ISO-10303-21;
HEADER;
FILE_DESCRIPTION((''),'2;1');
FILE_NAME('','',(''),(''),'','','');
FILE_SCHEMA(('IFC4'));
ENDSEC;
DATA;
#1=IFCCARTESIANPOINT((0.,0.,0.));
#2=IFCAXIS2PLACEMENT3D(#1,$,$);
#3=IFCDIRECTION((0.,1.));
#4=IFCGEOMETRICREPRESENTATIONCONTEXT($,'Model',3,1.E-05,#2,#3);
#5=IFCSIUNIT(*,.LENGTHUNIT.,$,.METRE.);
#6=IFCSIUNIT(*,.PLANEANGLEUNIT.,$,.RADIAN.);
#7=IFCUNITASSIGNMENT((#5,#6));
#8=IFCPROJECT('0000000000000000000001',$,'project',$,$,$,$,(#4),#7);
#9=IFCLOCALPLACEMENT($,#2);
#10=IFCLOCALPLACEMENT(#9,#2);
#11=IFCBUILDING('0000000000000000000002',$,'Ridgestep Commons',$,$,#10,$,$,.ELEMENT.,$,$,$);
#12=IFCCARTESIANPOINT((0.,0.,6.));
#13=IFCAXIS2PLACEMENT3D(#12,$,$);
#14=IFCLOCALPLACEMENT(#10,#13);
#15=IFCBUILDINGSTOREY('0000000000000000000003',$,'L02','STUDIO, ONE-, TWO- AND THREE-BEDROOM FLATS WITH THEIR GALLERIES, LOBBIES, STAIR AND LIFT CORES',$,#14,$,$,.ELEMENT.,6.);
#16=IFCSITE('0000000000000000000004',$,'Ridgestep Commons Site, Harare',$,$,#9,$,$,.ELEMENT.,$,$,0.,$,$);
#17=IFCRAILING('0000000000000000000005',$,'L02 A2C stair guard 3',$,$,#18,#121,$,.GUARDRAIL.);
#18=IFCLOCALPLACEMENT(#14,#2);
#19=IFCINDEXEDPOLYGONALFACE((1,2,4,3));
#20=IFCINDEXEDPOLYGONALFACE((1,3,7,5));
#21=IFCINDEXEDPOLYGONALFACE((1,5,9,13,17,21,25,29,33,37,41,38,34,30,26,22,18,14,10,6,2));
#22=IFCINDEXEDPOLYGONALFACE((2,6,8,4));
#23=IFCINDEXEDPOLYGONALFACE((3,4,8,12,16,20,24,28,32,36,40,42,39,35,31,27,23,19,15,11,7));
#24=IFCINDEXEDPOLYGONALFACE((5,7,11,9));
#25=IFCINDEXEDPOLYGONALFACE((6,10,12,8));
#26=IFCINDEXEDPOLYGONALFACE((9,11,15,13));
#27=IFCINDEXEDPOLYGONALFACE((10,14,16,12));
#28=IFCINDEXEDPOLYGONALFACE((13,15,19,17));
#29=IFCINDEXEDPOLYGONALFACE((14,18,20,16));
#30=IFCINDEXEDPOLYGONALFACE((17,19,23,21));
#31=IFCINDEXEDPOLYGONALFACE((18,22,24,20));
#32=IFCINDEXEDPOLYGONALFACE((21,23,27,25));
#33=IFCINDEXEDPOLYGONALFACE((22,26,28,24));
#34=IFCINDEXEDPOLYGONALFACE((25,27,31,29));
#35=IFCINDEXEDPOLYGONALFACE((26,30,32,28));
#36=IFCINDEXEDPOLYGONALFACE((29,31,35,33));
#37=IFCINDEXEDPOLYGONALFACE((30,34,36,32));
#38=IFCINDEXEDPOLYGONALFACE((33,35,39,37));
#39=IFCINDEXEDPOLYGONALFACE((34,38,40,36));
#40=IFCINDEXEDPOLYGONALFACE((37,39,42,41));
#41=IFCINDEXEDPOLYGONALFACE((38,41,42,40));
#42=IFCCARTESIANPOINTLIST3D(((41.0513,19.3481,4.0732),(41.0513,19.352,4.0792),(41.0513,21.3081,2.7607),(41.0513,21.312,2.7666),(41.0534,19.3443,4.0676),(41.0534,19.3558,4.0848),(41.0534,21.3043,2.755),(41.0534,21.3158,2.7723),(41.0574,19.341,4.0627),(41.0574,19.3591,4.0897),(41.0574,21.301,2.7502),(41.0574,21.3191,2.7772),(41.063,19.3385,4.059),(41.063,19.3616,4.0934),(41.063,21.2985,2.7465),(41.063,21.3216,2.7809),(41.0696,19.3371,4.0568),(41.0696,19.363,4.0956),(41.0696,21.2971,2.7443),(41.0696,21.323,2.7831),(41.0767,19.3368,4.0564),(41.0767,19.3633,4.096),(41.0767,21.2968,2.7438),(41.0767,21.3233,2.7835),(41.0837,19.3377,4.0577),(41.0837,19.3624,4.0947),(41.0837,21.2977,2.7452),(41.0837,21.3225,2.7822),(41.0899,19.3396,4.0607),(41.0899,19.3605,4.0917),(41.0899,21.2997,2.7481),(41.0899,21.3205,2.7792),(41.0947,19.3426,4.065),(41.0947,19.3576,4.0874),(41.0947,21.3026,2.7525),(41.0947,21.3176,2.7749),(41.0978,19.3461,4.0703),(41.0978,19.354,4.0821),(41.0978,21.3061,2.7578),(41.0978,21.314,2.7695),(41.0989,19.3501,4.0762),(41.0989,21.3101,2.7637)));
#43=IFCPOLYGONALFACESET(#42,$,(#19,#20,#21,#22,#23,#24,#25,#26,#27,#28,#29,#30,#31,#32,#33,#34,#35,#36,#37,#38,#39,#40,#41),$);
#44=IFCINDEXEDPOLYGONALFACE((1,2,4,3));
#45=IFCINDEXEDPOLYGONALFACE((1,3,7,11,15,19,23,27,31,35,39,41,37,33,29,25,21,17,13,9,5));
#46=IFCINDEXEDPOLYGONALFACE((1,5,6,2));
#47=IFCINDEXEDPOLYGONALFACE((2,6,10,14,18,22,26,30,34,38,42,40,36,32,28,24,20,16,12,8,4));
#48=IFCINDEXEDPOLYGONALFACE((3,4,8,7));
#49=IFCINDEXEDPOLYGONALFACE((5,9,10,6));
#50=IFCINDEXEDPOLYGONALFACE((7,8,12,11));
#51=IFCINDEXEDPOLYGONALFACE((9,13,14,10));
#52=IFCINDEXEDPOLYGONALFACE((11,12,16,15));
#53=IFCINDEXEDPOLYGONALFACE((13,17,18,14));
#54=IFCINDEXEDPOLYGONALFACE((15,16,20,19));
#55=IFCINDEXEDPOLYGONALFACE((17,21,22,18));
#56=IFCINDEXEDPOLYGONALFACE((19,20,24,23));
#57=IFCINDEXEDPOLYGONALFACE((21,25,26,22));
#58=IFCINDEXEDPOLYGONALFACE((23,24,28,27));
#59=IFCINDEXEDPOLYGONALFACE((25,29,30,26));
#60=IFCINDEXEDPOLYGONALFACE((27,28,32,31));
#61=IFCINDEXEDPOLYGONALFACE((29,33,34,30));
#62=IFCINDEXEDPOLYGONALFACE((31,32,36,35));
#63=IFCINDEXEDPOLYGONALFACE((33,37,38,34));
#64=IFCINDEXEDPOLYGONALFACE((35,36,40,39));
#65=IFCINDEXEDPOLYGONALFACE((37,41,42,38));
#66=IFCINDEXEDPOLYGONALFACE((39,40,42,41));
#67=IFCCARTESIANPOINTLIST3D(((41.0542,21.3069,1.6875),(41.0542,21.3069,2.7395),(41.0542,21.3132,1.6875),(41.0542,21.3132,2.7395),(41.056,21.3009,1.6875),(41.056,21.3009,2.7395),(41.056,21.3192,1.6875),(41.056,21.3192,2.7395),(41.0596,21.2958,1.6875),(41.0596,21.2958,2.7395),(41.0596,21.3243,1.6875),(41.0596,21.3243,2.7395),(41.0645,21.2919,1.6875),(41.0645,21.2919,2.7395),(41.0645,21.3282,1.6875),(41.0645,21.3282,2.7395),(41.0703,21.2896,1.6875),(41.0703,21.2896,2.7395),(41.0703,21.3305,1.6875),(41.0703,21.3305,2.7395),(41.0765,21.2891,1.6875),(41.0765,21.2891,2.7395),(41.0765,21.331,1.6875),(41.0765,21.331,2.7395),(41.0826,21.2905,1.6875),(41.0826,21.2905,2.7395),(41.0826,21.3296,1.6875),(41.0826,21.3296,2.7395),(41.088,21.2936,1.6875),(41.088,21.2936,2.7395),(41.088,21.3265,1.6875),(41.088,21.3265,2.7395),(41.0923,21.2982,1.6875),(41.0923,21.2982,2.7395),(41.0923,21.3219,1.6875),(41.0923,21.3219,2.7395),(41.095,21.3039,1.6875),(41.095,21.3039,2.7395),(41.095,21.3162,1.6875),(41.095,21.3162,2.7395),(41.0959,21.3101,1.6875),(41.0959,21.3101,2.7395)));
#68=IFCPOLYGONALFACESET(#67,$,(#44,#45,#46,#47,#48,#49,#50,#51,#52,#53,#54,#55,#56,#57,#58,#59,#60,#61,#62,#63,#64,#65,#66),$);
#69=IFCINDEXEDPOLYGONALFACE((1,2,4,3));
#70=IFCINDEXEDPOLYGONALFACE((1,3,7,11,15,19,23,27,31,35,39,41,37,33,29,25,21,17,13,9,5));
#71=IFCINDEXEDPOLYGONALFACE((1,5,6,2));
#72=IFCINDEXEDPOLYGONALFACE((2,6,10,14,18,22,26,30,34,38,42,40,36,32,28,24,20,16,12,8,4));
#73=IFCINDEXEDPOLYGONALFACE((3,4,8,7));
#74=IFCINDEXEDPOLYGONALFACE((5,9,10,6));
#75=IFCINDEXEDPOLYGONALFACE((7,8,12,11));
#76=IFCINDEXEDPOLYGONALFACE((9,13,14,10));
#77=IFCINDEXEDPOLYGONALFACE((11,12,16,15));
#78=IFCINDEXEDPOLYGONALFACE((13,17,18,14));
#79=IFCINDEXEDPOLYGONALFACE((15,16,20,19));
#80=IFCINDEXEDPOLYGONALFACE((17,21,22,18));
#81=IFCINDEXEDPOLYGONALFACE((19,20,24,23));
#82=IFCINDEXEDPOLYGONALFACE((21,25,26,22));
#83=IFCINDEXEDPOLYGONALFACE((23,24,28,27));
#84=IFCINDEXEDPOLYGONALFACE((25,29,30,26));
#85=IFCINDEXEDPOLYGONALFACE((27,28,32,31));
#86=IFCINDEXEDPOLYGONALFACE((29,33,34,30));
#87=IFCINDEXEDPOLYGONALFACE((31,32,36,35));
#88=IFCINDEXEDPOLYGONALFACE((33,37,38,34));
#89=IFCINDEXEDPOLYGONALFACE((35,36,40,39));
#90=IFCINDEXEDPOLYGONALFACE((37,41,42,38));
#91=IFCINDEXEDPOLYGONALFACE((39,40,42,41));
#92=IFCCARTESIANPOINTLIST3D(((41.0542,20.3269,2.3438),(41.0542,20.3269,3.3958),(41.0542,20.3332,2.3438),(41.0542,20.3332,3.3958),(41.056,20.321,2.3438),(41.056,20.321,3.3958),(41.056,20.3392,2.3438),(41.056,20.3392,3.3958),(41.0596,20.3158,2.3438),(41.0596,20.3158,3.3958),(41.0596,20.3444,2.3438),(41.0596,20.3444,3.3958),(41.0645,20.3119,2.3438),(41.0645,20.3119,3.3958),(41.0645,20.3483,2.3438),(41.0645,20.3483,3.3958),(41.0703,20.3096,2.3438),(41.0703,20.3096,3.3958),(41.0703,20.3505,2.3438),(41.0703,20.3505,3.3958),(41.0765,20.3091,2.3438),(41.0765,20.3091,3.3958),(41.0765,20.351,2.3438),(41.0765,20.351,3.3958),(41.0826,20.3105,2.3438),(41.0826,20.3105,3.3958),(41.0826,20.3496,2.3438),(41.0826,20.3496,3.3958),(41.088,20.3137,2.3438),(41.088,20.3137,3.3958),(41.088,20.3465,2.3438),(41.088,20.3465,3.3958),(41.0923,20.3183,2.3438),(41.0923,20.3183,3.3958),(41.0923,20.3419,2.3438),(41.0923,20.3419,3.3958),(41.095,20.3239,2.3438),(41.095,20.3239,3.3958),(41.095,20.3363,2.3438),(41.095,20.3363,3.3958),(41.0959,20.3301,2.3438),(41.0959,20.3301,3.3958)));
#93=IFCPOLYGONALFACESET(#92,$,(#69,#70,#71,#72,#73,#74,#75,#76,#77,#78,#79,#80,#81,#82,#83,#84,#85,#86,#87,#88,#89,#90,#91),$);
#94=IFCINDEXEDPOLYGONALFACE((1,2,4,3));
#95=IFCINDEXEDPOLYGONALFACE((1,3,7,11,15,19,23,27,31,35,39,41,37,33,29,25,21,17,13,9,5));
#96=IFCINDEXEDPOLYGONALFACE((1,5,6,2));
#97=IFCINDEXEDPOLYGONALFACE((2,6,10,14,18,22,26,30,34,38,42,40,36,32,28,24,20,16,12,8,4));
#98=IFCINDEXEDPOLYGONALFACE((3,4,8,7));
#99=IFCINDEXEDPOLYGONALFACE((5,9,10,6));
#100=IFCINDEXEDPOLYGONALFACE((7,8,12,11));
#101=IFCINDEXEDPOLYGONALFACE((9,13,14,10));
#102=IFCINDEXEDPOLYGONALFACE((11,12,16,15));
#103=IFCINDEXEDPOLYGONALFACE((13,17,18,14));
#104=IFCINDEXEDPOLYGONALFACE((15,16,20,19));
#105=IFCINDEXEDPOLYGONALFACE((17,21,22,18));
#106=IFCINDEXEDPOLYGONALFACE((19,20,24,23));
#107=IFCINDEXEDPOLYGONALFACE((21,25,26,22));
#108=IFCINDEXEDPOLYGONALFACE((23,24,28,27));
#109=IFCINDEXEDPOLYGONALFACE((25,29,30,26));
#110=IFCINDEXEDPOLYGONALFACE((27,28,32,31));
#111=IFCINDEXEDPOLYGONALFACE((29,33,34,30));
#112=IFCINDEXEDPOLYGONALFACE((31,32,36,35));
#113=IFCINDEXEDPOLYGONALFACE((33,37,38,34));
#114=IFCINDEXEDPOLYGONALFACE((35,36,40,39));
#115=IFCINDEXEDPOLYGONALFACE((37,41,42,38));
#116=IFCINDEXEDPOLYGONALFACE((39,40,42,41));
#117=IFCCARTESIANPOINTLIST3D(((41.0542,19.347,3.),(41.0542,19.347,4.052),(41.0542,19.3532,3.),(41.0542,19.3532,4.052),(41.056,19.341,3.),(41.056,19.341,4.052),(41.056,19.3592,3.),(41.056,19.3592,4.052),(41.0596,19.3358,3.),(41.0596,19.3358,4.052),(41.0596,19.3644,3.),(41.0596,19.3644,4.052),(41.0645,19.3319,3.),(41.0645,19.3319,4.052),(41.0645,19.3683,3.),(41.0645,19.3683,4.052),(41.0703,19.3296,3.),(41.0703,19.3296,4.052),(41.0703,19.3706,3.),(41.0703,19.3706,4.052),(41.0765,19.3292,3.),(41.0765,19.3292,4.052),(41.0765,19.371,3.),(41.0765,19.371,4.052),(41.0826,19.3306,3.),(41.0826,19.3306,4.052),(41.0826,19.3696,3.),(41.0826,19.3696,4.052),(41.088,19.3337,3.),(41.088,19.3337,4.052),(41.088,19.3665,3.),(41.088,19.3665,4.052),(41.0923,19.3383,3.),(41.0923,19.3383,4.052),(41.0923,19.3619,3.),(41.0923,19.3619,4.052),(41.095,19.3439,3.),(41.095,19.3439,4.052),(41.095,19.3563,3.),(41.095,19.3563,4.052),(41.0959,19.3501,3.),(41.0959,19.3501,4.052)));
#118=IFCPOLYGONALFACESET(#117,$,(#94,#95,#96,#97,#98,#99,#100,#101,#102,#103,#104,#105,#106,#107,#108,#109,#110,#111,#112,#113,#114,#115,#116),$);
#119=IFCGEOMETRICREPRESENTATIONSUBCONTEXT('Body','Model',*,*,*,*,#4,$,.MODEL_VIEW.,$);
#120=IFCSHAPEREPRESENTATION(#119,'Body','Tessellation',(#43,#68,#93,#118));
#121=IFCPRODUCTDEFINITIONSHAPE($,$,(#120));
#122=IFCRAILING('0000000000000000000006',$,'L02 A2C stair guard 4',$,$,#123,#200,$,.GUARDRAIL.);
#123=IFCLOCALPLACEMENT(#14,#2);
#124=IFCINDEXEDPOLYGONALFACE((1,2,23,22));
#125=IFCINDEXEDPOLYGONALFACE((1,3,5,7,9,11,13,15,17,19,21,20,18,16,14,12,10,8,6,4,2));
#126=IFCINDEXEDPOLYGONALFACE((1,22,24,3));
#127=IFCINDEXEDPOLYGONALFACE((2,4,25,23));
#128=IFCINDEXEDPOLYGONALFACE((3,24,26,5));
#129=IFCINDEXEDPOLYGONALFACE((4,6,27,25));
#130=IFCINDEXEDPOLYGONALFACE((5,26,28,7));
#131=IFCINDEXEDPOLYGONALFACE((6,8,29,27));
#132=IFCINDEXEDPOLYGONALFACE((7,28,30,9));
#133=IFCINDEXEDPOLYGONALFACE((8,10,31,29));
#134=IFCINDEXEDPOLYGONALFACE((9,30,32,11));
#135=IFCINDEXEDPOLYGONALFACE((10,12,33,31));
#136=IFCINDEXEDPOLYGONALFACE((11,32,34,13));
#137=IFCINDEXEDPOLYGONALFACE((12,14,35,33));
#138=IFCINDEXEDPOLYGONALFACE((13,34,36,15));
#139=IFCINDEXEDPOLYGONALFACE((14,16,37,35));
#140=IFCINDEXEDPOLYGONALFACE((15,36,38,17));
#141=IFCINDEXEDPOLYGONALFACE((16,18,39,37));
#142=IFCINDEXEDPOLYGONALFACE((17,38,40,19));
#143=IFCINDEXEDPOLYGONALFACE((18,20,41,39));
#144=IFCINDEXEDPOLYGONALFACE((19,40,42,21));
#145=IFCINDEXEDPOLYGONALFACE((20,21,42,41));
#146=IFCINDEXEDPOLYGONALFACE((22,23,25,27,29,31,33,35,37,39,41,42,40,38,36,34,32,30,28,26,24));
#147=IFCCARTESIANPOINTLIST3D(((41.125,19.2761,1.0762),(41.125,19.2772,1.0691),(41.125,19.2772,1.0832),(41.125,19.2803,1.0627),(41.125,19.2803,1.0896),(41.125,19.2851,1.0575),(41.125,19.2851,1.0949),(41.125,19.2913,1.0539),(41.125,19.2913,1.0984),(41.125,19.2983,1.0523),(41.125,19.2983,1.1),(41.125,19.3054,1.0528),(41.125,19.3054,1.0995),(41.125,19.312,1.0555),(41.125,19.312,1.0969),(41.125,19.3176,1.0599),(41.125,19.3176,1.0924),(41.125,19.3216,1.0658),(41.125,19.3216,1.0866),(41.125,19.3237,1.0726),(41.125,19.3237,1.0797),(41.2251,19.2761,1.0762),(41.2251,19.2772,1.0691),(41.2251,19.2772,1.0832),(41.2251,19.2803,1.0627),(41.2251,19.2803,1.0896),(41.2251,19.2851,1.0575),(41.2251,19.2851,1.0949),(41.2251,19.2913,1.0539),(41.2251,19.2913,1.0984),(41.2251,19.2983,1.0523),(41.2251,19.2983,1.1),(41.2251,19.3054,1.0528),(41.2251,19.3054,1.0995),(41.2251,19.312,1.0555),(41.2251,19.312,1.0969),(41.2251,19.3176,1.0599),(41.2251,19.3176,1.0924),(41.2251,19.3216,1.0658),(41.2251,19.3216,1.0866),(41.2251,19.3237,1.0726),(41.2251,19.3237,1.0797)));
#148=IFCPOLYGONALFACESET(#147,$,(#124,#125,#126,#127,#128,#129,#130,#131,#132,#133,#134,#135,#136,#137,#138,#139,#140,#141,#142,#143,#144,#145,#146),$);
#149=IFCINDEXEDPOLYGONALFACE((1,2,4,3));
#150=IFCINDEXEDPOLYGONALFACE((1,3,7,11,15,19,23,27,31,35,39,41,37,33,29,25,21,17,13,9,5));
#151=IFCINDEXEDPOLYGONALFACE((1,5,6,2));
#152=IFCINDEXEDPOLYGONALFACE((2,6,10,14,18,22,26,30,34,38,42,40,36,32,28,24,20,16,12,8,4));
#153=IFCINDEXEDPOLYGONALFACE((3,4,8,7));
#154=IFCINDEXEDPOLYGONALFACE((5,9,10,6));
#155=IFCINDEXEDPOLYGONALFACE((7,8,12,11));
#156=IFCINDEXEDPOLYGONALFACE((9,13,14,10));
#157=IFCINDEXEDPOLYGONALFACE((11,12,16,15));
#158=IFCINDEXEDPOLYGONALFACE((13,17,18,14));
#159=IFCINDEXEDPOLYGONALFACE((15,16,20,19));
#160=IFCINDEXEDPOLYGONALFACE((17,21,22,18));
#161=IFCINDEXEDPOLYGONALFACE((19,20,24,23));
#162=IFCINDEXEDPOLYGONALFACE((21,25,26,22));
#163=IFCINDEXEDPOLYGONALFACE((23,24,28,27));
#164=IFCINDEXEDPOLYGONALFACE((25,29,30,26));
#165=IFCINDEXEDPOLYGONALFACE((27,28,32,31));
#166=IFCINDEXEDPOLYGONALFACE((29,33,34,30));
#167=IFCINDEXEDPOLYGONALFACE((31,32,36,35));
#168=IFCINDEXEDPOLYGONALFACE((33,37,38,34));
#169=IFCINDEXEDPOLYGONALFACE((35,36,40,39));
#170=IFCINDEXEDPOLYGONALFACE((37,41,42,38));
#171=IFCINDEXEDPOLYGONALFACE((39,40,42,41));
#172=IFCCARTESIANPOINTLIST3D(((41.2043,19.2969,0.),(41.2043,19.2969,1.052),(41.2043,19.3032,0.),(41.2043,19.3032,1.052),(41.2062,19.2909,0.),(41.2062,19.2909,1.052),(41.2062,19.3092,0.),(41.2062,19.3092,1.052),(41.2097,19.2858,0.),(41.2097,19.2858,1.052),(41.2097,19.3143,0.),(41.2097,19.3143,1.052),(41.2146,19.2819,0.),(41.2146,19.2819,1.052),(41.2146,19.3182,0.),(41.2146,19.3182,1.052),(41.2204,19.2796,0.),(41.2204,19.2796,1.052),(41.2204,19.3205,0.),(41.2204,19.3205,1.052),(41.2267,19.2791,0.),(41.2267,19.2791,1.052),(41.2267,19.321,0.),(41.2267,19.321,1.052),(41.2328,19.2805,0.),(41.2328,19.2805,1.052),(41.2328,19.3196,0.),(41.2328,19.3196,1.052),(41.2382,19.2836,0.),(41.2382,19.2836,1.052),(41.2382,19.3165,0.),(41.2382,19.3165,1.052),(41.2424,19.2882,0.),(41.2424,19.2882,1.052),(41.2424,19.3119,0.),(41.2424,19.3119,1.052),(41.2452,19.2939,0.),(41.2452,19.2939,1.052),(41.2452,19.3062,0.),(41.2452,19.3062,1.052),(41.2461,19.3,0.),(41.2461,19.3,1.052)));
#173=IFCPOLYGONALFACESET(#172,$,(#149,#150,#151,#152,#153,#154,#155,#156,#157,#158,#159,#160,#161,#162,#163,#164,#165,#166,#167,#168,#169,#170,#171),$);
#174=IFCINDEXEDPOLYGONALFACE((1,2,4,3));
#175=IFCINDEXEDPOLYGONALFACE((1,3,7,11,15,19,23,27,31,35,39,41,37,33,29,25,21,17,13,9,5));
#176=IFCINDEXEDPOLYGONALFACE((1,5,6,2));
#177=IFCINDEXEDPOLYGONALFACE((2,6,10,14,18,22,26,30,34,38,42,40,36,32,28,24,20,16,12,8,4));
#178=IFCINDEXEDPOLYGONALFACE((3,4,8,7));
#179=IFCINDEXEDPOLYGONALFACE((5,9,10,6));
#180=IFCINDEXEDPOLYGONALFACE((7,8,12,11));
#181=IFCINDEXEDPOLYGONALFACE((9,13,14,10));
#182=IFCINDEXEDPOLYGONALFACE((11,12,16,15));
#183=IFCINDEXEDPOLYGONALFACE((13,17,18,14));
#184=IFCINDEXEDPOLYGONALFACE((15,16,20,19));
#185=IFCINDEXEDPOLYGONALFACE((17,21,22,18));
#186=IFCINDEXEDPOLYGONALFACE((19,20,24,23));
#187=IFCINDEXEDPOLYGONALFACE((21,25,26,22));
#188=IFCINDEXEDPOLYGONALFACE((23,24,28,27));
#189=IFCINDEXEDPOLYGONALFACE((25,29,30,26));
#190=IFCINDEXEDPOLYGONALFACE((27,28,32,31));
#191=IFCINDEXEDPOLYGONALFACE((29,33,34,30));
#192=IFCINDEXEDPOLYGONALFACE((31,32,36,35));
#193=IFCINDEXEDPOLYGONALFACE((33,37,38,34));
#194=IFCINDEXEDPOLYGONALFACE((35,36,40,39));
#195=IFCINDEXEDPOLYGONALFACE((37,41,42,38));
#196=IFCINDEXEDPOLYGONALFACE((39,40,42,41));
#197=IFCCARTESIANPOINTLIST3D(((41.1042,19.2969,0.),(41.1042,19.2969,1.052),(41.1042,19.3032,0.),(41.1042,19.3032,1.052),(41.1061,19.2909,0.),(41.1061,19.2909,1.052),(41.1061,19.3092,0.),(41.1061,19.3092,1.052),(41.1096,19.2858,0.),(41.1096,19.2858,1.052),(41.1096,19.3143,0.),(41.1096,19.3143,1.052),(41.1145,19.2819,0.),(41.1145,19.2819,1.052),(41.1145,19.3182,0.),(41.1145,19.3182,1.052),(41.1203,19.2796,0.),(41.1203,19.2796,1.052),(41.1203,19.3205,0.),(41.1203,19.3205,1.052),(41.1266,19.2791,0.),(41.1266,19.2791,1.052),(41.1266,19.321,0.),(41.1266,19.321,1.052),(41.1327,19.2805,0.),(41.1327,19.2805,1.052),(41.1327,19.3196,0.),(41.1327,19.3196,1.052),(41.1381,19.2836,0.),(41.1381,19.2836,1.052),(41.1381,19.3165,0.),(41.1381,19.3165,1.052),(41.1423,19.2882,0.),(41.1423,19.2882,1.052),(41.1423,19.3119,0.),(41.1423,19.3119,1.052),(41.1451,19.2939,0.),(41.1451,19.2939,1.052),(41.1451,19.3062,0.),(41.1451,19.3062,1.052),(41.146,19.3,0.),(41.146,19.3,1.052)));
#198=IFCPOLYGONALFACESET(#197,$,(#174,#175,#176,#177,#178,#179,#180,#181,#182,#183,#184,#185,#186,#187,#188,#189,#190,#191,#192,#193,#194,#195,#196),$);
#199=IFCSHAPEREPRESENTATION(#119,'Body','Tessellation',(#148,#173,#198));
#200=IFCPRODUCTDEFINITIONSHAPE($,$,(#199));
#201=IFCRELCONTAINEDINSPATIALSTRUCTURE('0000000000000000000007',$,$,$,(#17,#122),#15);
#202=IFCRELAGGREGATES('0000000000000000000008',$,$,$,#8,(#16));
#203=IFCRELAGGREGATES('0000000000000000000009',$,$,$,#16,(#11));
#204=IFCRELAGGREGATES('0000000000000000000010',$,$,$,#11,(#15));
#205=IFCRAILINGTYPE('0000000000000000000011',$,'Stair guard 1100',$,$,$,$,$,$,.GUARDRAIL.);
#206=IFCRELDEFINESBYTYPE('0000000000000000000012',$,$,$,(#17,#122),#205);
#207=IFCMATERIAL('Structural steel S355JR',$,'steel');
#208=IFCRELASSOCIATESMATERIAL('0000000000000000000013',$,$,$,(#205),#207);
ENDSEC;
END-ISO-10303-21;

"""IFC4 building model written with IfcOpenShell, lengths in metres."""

from ifc_helpers import new_model, si_unit, direction, frame, origin, origin_2d, place, context, subcontext, project, spatial, circle, extrude, material, type_object, element, save


model = new_model("IFC4")

# Units and contexts
model_context = context("Model", 3, precision=1e-05, world=origin(), true_north=direction((0.0, 1.0)))
body_context = subcontext(model_context, "Body", "Model", "MODEL_VIEW")
ifc_project = project(units=[si_unit("LENGTHUNIT", "METRE"), si_unit("PLANEANGLEUNIT", "RADIAN")], contexts=[model_context])

# Site, building, storey
site_placement = place(None, origin())
site = spatial("IfcSite", under=ifc_project, at=site_placement, Name="Ridgestep Commons Site, Harare", CompositionType="ELEMENT", RefElevation=0.0)
building_placement = place(site_placement, origin())
building = spatial("IfcBuilding", under=site, at=building_placement, Name="Ridgestep Commons", CompositionType="ELEMENT")
storey_placement = place(building_placement, frame((0.0, 0.0, 6.0)))
storey = spatial("IfcBuildingStorey", under=building, at=storey_placement, Name="L02", Description="STUDIO, ONE-, TWO- AND THREE-BEDROOM FLATS WITH THEIR GALLERIES, LOBBIES, STAIR AND LIFT CORES", CompositionType="ELEMENT", Elevation=6.0)

# Railings
ifc_material_1 = material(Name="Structural steel S355JR", Category="steel")
railing_type_1 = type_object("IfcRailingType", Name="Stair guard 1100", PredefinedType="GUARDRAIL", material=ifc_material_1)
railing_1_placement = place(storey_placement, frame((41.075, 21.3101, 1.6875)))
element("IfcRailing", 1, at=railing_1_placement, inside=storey, type_object=railing_type_1, Name="L02 A2C stair guard 3", PredefinedType="GUARDRAIL", context=body_context, shape_type="SweptSolid", body=[
    extrude(circle(Radius=0.0239, at=origin_2d()), frame((0.0, 0.0, 1.0762), z_axis=(0.0, -0.830902, 0.556419), x_axis=(1.0, 0.0, 0.0)), (0.0, 0.0, 1.0), 2.3589),
    extrude(circle(Radius=0.021, at=origin_2d()), origin(), (0.0, 0.0, 1.0), 1.052),
    extrude(circle(Radius=0.021, at=origin_2d()), frame((0.0, -0.98, 0.6562)), (0.0, 0.0, 1.0), 1.052),
    extrude(circle(Radius=0.021, at=origin_2d()), frame((0.0, -1.96, 1.3125)), (0.0, 0.0, 1.0), 1.052),
])
railing_2_placement = place(storey_placement, frame((41.2251, 19.3, 0.0)))
element("IfcRailing", 2, at=railing_2_placement, inside=storey, type_object=railing_type_1, Name="L02 A2C stair guard 4", PredefinedType="GUARDRAIL", context=body_context, shape_type="SweptSolid", body=[
    extrude(circle(Radius=0.0239, at=origin_2d()), frame((0.0, 0.0, 1.0762), z_axis=(-1.0, 0.0, 0.0), x_axis=(0.0, -1.0, 0.0)), (0.0, 0.0, 1.0), 0.1001),
    extrude(circle(Radius=0.021, at=origin_2d()), origin(), (0.0, 0.0, 1.0), 1.052),
    extrude(circle(Radius=0.021, at=origin_2d()), frame((-0.1001, 0.0, 0.0)), (0.0, 0.0, 1.0), 1.052),
])

save(model, "model.ifc")
